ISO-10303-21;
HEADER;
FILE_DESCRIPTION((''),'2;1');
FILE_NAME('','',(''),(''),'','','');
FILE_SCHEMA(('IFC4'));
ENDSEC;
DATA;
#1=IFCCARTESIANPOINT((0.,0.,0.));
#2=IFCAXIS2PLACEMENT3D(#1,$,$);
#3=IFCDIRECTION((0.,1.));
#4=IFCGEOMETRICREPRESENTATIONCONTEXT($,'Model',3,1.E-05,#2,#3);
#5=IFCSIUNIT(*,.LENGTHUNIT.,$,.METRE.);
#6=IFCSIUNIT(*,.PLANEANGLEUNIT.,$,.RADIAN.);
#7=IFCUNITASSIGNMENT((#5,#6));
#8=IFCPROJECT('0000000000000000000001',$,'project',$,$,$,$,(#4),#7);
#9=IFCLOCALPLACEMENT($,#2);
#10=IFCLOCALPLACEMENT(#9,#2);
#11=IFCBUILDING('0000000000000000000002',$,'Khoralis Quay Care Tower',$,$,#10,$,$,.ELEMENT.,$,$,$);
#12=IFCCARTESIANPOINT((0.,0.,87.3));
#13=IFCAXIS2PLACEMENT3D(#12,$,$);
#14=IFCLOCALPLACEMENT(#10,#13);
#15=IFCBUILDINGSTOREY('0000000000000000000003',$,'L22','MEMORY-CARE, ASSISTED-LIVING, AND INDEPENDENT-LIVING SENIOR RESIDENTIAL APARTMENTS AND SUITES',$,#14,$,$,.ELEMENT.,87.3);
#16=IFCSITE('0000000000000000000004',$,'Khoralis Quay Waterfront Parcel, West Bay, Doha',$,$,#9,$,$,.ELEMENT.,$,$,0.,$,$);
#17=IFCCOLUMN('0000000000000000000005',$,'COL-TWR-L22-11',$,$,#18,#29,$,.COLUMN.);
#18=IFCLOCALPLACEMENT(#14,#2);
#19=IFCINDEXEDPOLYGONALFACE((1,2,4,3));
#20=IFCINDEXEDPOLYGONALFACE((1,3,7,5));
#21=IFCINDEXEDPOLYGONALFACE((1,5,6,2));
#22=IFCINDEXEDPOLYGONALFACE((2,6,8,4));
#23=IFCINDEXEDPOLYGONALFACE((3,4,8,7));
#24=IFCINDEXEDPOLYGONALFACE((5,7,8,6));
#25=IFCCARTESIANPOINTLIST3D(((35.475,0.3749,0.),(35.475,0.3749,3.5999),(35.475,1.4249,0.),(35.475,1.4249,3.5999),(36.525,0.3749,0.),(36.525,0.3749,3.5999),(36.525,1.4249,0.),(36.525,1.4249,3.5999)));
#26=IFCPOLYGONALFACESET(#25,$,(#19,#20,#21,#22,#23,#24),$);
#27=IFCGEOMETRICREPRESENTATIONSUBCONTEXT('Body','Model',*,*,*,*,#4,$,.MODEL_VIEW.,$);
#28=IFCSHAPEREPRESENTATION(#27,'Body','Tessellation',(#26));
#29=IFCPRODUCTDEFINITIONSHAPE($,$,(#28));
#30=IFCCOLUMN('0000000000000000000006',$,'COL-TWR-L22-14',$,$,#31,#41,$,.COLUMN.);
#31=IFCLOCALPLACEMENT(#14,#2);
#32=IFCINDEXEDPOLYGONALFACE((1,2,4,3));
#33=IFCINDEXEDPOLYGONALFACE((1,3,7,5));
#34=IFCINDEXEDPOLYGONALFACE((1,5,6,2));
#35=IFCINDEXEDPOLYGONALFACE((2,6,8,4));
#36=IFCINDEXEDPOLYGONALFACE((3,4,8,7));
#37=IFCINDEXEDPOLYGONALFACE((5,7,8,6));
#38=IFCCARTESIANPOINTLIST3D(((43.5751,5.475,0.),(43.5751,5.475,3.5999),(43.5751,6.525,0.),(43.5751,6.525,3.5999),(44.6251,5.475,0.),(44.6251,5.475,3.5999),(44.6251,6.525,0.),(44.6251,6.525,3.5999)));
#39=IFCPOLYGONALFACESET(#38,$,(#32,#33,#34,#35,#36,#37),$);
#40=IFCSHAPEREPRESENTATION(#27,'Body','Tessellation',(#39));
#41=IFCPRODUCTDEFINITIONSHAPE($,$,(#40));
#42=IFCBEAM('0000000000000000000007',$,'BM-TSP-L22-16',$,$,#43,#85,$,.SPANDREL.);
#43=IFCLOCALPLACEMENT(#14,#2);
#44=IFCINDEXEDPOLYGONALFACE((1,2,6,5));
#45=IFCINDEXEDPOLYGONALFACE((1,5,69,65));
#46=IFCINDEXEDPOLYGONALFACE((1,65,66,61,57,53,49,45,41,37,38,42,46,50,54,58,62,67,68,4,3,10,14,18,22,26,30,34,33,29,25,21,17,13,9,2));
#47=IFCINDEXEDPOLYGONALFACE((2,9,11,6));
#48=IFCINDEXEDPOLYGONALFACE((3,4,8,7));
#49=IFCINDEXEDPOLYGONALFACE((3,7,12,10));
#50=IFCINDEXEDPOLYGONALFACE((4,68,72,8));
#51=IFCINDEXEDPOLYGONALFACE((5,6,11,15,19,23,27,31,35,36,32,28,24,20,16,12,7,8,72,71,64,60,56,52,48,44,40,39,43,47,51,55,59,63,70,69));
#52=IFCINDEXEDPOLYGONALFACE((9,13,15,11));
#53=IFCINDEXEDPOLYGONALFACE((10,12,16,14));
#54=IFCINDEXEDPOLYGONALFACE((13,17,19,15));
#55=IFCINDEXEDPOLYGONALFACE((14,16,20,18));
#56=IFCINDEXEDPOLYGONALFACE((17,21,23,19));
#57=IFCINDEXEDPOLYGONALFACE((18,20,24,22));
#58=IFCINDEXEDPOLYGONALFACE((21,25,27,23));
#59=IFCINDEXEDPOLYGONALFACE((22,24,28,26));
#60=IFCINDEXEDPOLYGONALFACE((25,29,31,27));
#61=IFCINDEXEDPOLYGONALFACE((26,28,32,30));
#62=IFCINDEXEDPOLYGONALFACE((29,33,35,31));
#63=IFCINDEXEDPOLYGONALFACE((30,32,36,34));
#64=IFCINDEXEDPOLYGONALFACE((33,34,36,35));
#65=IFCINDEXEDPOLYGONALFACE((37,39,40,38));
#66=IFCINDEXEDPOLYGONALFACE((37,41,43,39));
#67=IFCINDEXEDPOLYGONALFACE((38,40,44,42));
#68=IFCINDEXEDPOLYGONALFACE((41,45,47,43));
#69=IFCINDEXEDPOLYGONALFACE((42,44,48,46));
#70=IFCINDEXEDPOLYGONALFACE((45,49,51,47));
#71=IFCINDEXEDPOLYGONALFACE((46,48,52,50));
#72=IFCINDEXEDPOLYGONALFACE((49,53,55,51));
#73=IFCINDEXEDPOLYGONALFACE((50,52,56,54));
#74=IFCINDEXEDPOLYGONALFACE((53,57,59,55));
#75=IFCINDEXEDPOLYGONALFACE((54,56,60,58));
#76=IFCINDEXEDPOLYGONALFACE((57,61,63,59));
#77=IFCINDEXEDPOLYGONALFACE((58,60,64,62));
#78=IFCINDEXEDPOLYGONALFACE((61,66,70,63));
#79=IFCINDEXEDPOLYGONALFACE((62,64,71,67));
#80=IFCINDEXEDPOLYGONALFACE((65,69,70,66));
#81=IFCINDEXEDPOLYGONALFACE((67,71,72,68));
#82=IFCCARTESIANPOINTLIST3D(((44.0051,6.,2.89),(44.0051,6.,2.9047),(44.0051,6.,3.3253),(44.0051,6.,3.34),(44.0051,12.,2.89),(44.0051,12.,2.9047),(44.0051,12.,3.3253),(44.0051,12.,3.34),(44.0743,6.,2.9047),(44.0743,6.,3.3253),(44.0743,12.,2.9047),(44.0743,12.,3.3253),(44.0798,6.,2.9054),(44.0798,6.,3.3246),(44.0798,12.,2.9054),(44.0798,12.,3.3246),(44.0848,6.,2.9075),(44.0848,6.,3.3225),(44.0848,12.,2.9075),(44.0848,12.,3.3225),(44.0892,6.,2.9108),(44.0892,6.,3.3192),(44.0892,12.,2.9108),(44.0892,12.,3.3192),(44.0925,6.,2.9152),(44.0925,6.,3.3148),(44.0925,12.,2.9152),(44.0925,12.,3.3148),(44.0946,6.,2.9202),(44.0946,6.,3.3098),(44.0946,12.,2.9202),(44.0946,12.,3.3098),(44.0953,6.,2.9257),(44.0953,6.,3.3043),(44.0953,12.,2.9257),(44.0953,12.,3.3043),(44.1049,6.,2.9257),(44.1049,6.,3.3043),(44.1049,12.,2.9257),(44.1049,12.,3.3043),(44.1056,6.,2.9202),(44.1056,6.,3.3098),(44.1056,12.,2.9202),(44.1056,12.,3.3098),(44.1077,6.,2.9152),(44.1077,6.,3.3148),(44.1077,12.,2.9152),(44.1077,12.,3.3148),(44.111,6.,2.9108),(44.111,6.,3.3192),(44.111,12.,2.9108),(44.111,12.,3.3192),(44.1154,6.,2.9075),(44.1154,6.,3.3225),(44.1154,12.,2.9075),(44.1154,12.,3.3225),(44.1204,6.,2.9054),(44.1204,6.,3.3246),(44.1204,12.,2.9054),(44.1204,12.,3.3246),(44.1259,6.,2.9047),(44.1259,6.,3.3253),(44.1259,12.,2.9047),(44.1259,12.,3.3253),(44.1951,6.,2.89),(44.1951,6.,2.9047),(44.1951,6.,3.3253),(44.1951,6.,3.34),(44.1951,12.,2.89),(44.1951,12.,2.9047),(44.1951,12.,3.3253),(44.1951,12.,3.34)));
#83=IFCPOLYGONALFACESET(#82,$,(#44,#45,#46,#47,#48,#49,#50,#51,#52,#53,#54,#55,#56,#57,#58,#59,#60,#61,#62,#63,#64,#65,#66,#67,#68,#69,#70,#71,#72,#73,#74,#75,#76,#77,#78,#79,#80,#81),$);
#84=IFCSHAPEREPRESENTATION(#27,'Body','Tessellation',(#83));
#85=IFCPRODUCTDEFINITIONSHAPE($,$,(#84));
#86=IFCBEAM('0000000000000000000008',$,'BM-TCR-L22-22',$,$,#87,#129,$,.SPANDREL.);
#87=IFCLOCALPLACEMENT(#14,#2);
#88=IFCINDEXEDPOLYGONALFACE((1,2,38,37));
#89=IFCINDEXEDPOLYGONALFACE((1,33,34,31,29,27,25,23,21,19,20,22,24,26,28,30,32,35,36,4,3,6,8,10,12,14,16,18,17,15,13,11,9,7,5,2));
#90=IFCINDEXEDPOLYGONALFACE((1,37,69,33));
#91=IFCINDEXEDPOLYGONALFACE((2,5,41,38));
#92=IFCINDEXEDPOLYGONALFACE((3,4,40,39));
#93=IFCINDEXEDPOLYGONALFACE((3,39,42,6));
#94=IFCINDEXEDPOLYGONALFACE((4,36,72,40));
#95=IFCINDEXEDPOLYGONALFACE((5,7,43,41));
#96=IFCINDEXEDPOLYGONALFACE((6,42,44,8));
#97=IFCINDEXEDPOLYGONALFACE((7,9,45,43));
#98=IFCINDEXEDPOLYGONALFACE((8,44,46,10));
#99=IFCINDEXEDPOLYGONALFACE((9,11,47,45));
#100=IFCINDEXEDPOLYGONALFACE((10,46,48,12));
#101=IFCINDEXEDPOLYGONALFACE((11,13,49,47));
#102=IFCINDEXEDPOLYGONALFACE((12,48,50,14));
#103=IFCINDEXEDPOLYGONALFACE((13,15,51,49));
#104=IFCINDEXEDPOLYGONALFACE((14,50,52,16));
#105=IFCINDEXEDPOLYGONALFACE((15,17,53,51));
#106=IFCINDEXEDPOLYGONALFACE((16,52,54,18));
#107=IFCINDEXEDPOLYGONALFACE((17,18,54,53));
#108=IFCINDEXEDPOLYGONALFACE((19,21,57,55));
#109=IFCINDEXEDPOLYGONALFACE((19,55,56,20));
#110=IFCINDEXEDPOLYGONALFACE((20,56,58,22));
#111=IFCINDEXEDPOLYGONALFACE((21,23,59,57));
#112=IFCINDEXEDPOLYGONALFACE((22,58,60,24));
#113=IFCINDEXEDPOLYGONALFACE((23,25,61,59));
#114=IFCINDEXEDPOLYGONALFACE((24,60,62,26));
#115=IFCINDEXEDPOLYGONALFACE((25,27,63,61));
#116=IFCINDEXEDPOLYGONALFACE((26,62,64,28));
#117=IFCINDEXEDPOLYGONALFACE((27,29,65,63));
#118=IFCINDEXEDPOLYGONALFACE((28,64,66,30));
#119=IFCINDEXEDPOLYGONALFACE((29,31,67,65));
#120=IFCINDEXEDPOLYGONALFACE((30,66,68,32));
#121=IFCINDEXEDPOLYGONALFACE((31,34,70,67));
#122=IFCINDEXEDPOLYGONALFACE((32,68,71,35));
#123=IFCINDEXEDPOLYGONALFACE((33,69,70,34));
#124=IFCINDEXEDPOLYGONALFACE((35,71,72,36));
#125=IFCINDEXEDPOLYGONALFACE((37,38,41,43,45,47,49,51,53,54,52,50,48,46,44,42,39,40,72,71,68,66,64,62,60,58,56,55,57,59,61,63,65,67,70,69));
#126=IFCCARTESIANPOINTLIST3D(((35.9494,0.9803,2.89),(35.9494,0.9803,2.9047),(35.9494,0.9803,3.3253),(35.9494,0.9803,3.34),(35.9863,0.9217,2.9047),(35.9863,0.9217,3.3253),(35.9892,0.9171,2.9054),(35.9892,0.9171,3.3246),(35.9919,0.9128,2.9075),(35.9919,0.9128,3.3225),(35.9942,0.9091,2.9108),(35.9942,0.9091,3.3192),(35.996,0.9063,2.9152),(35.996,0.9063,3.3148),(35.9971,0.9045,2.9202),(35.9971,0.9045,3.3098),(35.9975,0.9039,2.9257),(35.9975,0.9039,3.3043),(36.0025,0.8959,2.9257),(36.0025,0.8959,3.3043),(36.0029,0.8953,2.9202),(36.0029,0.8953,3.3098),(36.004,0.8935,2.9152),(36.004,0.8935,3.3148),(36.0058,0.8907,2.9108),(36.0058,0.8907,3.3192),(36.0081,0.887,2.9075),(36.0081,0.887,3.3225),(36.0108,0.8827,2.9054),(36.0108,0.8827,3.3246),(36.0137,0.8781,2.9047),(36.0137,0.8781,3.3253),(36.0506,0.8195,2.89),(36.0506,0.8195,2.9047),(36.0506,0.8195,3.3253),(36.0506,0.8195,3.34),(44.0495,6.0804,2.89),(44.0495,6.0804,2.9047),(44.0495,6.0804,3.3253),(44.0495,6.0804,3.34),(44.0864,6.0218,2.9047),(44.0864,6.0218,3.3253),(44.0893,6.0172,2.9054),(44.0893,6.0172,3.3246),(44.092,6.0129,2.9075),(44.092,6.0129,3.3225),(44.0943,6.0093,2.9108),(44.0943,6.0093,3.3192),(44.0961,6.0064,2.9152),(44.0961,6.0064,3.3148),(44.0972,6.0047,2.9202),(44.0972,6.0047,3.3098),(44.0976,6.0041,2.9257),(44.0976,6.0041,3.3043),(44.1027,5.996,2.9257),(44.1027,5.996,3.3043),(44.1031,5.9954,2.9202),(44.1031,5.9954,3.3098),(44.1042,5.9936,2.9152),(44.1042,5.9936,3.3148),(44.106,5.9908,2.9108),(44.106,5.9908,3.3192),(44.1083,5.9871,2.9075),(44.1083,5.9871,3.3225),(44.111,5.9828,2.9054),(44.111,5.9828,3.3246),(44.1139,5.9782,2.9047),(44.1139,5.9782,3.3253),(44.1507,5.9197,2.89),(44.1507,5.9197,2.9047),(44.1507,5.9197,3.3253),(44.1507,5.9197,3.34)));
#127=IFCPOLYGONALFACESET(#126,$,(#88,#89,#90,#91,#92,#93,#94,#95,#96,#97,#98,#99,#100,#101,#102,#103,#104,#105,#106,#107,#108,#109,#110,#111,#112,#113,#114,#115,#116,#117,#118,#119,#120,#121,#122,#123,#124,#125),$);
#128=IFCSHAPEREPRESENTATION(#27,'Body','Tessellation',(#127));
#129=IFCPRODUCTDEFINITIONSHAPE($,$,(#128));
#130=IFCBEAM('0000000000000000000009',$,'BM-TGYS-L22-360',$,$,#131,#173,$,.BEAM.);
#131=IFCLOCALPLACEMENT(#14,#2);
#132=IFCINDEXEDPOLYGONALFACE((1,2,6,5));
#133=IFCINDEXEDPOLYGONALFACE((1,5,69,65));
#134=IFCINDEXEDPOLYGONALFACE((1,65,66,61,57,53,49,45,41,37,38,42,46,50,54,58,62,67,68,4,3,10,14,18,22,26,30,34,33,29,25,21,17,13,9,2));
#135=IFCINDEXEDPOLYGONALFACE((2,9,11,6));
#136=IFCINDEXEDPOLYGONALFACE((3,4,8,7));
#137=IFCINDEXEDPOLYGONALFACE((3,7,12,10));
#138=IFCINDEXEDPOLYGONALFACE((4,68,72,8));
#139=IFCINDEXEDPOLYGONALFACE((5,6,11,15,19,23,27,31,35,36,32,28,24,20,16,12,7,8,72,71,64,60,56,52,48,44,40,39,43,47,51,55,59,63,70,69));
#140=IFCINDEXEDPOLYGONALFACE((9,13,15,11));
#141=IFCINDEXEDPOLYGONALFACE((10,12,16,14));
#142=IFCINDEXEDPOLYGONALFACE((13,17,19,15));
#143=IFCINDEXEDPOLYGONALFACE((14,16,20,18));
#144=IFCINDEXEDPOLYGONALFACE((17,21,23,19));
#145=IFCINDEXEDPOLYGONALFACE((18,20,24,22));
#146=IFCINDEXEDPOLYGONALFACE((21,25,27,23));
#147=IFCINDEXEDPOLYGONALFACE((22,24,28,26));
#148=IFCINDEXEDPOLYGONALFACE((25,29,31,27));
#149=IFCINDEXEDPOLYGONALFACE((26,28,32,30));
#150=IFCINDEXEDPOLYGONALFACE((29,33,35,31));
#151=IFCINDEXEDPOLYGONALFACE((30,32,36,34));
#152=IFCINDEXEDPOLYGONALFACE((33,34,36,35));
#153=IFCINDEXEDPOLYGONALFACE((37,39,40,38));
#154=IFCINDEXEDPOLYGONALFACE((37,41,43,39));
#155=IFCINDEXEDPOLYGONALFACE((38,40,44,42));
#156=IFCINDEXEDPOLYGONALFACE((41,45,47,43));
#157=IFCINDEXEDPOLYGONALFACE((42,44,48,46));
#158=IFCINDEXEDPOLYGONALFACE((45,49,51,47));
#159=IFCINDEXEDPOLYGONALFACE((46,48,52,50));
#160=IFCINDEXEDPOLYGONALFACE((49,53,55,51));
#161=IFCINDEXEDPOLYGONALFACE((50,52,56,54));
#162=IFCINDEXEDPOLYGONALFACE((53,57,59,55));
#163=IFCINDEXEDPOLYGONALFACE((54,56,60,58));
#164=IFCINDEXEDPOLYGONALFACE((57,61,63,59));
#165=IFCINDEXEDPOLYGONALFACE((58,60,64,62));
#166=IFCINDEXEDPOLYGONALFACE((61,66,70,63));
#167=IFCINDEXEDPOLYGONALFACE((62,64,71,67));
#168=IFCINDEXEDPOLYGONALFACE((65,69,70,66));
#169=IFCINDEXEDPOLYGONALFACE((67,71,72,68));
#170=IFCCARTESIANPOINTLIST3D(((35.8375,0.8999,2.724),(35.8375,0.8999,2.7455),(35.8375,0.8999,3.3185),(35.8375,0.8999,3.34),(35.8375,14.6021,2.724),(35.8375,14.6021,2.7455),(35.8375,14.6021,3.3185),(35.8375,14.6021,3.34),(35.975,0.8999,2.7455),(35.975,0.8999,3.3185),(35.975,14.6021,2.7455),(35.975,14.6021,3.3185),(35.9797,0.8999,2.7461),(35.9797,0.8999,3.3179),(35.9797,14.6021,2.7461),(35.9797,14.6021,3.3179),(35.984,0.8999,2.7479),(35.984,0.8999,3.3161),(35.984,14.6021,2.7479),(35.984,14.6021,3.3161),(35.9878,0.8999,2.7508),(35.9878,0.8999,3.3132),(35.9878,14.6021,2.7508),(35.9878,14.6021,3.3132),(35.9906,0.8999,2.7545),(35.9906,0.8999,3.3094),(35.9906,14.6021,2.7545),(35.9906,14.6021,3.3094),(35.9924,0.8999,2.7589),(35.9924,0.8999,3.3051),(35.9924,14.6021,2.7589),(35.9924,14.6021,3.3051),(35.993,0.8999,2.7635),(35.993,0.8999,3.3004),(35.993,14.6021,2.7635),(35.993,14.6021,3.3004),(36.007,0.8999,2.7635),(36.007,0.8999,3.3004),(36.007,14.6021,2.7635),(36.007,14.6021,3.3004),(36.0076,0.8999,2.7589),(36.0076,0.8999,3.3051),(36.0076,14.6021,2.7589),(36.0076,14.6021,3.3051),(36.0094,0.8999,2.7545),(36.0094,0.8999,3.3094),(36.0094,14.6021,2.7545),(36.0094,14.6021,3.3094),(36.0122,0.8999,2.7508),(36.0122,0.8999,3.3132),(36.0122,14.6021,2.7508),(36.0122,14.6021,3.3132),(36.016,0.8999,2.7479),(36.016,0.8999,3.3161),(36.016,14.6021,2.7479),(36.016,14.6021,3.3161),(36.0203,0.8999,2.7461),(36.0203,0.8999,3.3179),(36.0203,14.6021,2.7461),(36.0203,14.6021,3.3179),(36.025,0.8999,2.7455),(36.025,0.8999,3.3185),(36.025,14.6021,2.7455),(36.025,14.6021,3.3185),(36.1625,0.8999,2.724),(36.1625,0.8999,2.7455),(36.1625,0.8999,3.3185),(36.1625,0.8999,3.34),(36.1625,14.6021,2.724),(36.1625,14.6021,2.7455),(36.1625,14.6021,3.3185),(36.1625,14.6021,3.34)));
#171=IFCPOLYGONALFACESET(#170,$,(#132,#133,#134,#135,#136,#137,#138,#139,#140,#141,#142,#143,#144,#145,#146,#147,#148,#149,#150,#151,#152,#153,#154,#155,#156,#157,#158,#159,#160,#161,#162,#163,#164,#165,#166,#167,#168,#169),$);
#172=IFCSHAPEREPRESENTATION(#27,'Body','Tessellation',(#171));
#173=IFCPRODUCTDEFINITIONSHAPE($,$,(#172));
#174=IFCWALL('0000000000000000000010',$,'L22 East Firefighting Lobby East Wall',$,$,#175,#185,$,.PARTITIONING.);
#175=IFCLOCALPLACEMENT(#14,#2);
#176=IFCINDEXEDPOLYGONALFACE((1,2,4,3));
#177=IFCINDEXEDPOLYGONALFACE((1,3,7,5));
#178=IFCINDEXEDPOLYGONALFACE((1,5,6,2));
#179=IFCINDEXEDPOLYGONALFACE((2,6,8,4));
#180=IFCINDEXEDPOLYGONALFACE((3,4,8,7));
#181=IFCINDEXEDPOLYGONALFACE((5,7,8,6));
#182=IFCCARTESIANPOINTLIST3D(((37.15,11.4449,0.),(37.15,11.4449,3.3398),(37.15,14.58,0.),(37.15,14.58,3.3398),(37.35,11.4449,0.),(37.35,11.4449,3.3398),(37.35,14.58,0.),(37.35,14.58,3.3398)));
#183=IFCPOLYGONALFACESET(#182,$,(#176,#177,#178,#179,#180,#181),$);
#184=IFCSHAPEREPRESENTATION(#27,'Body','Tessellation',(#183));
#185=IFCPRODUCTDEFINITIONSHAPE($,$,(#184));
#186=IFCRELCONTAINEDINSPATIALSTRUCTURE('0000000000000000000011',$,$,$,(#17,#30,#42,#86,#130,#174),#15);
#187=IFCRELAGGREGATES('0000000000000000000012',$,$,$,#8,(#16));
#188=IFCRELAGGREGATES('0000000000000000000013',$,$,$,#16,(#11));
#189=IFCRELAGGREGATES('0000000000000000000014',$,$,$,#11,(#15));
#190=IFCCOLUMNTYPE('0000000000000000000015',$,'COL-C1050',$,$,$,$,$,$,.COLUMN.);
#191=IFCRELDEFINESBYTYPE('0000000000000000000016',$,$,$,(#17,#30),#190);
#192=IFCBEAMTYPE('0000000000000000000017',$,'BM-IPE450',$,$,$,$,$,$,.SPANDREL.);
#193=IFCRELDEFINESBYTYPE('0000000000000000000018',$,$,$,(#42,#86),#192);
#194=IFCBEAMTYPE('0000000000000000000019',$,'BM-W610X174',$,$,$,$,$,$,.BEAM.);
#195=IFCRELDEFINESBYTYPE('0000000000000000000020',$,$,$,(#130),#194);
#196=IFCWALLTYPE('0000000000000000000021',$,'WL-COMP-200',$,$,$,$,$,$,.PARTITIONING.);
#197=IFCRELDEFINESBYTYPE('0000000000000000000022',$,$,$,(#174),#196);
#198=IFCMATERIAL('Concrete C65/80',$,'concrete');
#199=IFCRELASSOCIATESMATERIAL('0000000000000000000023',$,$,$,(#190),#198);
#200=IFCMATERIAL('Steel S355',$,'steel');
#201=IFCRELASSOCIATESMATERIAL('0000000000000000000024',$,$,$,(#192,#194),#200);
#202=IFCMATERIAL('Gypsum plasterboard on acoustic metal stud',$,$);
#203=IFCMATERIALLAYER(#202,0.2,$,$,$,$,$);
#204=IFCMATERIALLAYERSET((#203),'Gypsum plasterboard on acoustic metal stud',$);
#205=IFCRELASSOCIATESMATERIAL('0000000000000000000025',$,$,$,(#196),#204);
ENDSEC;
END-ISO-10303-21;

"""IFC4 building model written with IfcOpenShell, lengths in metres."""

from ifc_helpers import new_model, si_unit, direction, frame, frame_2d, origin, origin_2d, place, context, subcontext, project, spatial, rectangle, i_section, extrude, source, transform, mapped, material, layer, layer_set, material_profile, profile_set, type_object, element, save


model = new_model("IFC4")

# Units and contexts
model_context = context("Model", 3, precision=1e-05, world=origin(), true_north=direction((0.0, 1.0)))
body_context = subcontext(model_context, "Body", "Model", "MODEL_VIEW")
ifc_project = project(units=[si_unit("LENGTHUNIT", "METRE"), si_unit("PLANEANGLEUNIT", "RADIAN")], contexts=[model_context])

# Site, building, storey
site_placement = place(None, origin())
site = spatial("IfcSite", under=ifc_project, at=site_placement, Name="Khoralis Quay Waterfront Parcel, West Bay, Doha", CompositionType="ELEMENT", RefElevation=0.0)
building_placement = place(site_placement, origin())
building = spatial("IfcBuilding", under=site, at=building_placement, Name="Khoralis Quay Care Tower", CompositionType="ELEMENT")
storey_placement = place(building_placement, frame((0.0, 0.0, 87.3)))
storey = spatial("IfcBuildingStorey", under=building, at=storey_placement, Name="L22", Description="MEMORY-CARE, ASSISTED-LIVING, AND INDEPENDENT-LIVING SENIOR RESIDENTIAL APARTMENTS AND SUITES", CompositionType="ELEMENT", Elevation=87.3)

# Columns
ifc_material_1 = material(Name="Concrete C65/80", Category="concrete")
ifc_material_profile_1 = material_profile(ifc_material_1, rectangle(XDim=1.05, YDim=1.05, at=origin_2d()), Name="Concrete C65/80")
ifc_profile_set_1 = profile_set([ifc_material_profile_1], Name="Concrete C65/80")
column_type = type_object("IfcColumnType", Name="COL-C1050", PredefinedType="COLUMN", material=ifc_profile_set_1)
shared_shape_1 = source(origin(), body_context, "Body", "SweptSolid", [
    extrude(rectangle(XDim=1.05, YDim=1.05, at=origin_2d()), origin(), (0.0, 0.0, 1.0), 3.5999),
])
for number, where, z_axis, x_axis, name in (
    (1, (36.0, 0.8999, 0.0), (0.0, 0.0, 1.0), (1.0, 0.0, 0.0), "COL-TWR-L22-11"),
    (2, (44.1001, 6.0, 0.0), (0.0, 0.0, 1.0), (1.0, 0.0, 0.0), "COL-TWR-L22-14"),
):
    element("IfcColumn", number, at=place(storey_placement, frame(where, z_axis=z_axis, x_axis=x_axis)), inside=storey, type_object=column_type, Name=name, PredefinedType="COLUMN", context=body_context, shape_type="MappedRepresentation", body=[
        mapped(shared_shape_1, transform((0.0, 0.0, 0.0), scale=1.0)),
    ])

# Beams
ifc_material_2 = material(Name="Steel S355", Category="steel")
ifc_material_profile_2 = material_profile(ifc_material_2, i_section(OverallWidth=0.1899, OverallDepth=0.45, WebThickness=0.0095, FlangeThickness=0.0146, FilletRadius=0.021, at=origin_2d()), Name="Steel S355")
ifc_profile_set_2 = profile_set([ifc_material_profile_2], Name="Steel S355")
beam_type_1 = type_object("IfcBeamType", Name="BM-IPE450", PredefinedType="SPANDREL", material=ifc_profile_set_2)
shared_shape_2 = source(origin(), body_context, "Body", "SweptSolid", [
    extrude(i_section(OverallWidth=0.1899, OverallDepth=0.45, WebThickness=0.0095, FlangeThickness=0.0146, FilletRadius=0.021, at=origin_2d()), origin(), (0.0, 0.0, 1.0), 6.0),
])
beam_1_placement = place(storey_placement, frame((44.1001, 6.0, 3.115), z_axis=(0.0, 1.0, 0.0), x_axis=(-1.0, 0.0, 0.0)))
element("IfcBeam", 3, at=beam_1_placement, inside=storey, type_object=beam_type_1, Name="BM-TSP-L22-16", PredefinedType="SPANDREL", context=body_context, shape_type="MappedRepresentation", body=[
    mapped(shared_shape_2, transform((0.0, 0.0, 0.0), scale=1.0)),
])
shared_shape_3 = source(origin(), body_context, "Body", "SweptSolid", [
    extrude(i_section(OverallWidth=0.1899, OverallDepth=0.45, WebThickness=0.0095, FlangeThickness=0.0146, FilletRadius=0.021, at=origin_2d()), origin(), (0.0, 0.0, 1.0), 9.572),
])
beam_2_placement = place(storey_placement, frame((36.0, 0.8999, 3.115), z_axis=(0.846231, 0.532816, 0.0), x_axis=(-0.532816, 0.846231, 0.0)))
element("IfcBeam", 4, at=beam_2_placement, inside=storey, type_object=beam_type_1, Name="BM-TCR-L22-22", PredefinedType="SPANDREL", context=body_context, shape_type="MappedRepresentation", body=[
    mapped(shared_shape_3, transform((0.0, 0.0, 0.0), scale=1.0)),
])
ifc_material_profile_3 = material_profile(ifc_material_2, i_section(OverallWidth=0.325, OverallDepth=0.616, WebThickness=0.0139, FlangeThickness=0.0215, FilletRadius=0.0181, at=origin_2d()), Name="Steel S355")
ifc_profile_set_3 = profile_set([ifc_material_profile_3], Name="Steel S355")
beam_type_2 = type_object("IfcBeamType", Name="BM-W610X174", PredefinedType="BEAM", material=ifc_profile_set_3)
shared_shape_4 = source(origin(), body_context, "Body", "SweptSolid", [
    extrude(i_section(OverallWidth=0.325, OverallDepth=0.616, WebThickness=0.0139, FlangeThickness=0.0215, FilletRadius=0.0181, at=origin_2d()), origin(), (0.0, 0.0, 1.0), 13.7021),
])
beam_3_placement = place(storey_placement, frame((36.0, 0.8999, 3.032), z_axis=(0.0, 1.0, 0.0), x_axis=(-1.0, 0.0, 0.0)))
element("IfcBeam", 5, at=beam_3_placement, inside=storey, type_object=beam_type_2, Name="BM-TGYS-L22-360", PredefinedType="BEAM", context=body_context, shape_type="MappedRepresentation", body=[
    mapped(shared_shape_4, transform((0.0, 0.0, 0.0), scale=1.0)),
])

# Wall
ifc_material_3 = material(Name="Gypsum plasterboard on acoustic metal stud")
ifc_layer_1 = layer(ifc_material_3, 0.2)
ifc_layer_set_1 = layer_set([ifc_layer_1], Name="Gypsum plasterboard on acoustic metal stud")
wall_type_1 = type_object("IfcWallType", Name="WL-COMP-200", PredefinedType="PARTITIONING", material=ifc_layer_set_1)
wall_1_placement = place(storey_placement, frame((37.25, 11.4451, 0.0), z_axis=(0.0, 0.0, 1.0), x_axis=(0.0, 1.0, 0.0)))
element("IfcWall", 6, at=wall_1_placement, inside=storey, type_object=wall_type_1, Name="L22 East Firefighting Lobby East Wall", PredefinedType="PARTITIONING", context=body_context, shape_type="SweptSolid", body=[
    extrude(rectangle(XDim=3.135, YDim=0.2, at=frame_2d((1.5674, 0.0))), origin(), (0.0, 0.0, 1.0), 3.3398),
])

save(model, "model.ifc")
